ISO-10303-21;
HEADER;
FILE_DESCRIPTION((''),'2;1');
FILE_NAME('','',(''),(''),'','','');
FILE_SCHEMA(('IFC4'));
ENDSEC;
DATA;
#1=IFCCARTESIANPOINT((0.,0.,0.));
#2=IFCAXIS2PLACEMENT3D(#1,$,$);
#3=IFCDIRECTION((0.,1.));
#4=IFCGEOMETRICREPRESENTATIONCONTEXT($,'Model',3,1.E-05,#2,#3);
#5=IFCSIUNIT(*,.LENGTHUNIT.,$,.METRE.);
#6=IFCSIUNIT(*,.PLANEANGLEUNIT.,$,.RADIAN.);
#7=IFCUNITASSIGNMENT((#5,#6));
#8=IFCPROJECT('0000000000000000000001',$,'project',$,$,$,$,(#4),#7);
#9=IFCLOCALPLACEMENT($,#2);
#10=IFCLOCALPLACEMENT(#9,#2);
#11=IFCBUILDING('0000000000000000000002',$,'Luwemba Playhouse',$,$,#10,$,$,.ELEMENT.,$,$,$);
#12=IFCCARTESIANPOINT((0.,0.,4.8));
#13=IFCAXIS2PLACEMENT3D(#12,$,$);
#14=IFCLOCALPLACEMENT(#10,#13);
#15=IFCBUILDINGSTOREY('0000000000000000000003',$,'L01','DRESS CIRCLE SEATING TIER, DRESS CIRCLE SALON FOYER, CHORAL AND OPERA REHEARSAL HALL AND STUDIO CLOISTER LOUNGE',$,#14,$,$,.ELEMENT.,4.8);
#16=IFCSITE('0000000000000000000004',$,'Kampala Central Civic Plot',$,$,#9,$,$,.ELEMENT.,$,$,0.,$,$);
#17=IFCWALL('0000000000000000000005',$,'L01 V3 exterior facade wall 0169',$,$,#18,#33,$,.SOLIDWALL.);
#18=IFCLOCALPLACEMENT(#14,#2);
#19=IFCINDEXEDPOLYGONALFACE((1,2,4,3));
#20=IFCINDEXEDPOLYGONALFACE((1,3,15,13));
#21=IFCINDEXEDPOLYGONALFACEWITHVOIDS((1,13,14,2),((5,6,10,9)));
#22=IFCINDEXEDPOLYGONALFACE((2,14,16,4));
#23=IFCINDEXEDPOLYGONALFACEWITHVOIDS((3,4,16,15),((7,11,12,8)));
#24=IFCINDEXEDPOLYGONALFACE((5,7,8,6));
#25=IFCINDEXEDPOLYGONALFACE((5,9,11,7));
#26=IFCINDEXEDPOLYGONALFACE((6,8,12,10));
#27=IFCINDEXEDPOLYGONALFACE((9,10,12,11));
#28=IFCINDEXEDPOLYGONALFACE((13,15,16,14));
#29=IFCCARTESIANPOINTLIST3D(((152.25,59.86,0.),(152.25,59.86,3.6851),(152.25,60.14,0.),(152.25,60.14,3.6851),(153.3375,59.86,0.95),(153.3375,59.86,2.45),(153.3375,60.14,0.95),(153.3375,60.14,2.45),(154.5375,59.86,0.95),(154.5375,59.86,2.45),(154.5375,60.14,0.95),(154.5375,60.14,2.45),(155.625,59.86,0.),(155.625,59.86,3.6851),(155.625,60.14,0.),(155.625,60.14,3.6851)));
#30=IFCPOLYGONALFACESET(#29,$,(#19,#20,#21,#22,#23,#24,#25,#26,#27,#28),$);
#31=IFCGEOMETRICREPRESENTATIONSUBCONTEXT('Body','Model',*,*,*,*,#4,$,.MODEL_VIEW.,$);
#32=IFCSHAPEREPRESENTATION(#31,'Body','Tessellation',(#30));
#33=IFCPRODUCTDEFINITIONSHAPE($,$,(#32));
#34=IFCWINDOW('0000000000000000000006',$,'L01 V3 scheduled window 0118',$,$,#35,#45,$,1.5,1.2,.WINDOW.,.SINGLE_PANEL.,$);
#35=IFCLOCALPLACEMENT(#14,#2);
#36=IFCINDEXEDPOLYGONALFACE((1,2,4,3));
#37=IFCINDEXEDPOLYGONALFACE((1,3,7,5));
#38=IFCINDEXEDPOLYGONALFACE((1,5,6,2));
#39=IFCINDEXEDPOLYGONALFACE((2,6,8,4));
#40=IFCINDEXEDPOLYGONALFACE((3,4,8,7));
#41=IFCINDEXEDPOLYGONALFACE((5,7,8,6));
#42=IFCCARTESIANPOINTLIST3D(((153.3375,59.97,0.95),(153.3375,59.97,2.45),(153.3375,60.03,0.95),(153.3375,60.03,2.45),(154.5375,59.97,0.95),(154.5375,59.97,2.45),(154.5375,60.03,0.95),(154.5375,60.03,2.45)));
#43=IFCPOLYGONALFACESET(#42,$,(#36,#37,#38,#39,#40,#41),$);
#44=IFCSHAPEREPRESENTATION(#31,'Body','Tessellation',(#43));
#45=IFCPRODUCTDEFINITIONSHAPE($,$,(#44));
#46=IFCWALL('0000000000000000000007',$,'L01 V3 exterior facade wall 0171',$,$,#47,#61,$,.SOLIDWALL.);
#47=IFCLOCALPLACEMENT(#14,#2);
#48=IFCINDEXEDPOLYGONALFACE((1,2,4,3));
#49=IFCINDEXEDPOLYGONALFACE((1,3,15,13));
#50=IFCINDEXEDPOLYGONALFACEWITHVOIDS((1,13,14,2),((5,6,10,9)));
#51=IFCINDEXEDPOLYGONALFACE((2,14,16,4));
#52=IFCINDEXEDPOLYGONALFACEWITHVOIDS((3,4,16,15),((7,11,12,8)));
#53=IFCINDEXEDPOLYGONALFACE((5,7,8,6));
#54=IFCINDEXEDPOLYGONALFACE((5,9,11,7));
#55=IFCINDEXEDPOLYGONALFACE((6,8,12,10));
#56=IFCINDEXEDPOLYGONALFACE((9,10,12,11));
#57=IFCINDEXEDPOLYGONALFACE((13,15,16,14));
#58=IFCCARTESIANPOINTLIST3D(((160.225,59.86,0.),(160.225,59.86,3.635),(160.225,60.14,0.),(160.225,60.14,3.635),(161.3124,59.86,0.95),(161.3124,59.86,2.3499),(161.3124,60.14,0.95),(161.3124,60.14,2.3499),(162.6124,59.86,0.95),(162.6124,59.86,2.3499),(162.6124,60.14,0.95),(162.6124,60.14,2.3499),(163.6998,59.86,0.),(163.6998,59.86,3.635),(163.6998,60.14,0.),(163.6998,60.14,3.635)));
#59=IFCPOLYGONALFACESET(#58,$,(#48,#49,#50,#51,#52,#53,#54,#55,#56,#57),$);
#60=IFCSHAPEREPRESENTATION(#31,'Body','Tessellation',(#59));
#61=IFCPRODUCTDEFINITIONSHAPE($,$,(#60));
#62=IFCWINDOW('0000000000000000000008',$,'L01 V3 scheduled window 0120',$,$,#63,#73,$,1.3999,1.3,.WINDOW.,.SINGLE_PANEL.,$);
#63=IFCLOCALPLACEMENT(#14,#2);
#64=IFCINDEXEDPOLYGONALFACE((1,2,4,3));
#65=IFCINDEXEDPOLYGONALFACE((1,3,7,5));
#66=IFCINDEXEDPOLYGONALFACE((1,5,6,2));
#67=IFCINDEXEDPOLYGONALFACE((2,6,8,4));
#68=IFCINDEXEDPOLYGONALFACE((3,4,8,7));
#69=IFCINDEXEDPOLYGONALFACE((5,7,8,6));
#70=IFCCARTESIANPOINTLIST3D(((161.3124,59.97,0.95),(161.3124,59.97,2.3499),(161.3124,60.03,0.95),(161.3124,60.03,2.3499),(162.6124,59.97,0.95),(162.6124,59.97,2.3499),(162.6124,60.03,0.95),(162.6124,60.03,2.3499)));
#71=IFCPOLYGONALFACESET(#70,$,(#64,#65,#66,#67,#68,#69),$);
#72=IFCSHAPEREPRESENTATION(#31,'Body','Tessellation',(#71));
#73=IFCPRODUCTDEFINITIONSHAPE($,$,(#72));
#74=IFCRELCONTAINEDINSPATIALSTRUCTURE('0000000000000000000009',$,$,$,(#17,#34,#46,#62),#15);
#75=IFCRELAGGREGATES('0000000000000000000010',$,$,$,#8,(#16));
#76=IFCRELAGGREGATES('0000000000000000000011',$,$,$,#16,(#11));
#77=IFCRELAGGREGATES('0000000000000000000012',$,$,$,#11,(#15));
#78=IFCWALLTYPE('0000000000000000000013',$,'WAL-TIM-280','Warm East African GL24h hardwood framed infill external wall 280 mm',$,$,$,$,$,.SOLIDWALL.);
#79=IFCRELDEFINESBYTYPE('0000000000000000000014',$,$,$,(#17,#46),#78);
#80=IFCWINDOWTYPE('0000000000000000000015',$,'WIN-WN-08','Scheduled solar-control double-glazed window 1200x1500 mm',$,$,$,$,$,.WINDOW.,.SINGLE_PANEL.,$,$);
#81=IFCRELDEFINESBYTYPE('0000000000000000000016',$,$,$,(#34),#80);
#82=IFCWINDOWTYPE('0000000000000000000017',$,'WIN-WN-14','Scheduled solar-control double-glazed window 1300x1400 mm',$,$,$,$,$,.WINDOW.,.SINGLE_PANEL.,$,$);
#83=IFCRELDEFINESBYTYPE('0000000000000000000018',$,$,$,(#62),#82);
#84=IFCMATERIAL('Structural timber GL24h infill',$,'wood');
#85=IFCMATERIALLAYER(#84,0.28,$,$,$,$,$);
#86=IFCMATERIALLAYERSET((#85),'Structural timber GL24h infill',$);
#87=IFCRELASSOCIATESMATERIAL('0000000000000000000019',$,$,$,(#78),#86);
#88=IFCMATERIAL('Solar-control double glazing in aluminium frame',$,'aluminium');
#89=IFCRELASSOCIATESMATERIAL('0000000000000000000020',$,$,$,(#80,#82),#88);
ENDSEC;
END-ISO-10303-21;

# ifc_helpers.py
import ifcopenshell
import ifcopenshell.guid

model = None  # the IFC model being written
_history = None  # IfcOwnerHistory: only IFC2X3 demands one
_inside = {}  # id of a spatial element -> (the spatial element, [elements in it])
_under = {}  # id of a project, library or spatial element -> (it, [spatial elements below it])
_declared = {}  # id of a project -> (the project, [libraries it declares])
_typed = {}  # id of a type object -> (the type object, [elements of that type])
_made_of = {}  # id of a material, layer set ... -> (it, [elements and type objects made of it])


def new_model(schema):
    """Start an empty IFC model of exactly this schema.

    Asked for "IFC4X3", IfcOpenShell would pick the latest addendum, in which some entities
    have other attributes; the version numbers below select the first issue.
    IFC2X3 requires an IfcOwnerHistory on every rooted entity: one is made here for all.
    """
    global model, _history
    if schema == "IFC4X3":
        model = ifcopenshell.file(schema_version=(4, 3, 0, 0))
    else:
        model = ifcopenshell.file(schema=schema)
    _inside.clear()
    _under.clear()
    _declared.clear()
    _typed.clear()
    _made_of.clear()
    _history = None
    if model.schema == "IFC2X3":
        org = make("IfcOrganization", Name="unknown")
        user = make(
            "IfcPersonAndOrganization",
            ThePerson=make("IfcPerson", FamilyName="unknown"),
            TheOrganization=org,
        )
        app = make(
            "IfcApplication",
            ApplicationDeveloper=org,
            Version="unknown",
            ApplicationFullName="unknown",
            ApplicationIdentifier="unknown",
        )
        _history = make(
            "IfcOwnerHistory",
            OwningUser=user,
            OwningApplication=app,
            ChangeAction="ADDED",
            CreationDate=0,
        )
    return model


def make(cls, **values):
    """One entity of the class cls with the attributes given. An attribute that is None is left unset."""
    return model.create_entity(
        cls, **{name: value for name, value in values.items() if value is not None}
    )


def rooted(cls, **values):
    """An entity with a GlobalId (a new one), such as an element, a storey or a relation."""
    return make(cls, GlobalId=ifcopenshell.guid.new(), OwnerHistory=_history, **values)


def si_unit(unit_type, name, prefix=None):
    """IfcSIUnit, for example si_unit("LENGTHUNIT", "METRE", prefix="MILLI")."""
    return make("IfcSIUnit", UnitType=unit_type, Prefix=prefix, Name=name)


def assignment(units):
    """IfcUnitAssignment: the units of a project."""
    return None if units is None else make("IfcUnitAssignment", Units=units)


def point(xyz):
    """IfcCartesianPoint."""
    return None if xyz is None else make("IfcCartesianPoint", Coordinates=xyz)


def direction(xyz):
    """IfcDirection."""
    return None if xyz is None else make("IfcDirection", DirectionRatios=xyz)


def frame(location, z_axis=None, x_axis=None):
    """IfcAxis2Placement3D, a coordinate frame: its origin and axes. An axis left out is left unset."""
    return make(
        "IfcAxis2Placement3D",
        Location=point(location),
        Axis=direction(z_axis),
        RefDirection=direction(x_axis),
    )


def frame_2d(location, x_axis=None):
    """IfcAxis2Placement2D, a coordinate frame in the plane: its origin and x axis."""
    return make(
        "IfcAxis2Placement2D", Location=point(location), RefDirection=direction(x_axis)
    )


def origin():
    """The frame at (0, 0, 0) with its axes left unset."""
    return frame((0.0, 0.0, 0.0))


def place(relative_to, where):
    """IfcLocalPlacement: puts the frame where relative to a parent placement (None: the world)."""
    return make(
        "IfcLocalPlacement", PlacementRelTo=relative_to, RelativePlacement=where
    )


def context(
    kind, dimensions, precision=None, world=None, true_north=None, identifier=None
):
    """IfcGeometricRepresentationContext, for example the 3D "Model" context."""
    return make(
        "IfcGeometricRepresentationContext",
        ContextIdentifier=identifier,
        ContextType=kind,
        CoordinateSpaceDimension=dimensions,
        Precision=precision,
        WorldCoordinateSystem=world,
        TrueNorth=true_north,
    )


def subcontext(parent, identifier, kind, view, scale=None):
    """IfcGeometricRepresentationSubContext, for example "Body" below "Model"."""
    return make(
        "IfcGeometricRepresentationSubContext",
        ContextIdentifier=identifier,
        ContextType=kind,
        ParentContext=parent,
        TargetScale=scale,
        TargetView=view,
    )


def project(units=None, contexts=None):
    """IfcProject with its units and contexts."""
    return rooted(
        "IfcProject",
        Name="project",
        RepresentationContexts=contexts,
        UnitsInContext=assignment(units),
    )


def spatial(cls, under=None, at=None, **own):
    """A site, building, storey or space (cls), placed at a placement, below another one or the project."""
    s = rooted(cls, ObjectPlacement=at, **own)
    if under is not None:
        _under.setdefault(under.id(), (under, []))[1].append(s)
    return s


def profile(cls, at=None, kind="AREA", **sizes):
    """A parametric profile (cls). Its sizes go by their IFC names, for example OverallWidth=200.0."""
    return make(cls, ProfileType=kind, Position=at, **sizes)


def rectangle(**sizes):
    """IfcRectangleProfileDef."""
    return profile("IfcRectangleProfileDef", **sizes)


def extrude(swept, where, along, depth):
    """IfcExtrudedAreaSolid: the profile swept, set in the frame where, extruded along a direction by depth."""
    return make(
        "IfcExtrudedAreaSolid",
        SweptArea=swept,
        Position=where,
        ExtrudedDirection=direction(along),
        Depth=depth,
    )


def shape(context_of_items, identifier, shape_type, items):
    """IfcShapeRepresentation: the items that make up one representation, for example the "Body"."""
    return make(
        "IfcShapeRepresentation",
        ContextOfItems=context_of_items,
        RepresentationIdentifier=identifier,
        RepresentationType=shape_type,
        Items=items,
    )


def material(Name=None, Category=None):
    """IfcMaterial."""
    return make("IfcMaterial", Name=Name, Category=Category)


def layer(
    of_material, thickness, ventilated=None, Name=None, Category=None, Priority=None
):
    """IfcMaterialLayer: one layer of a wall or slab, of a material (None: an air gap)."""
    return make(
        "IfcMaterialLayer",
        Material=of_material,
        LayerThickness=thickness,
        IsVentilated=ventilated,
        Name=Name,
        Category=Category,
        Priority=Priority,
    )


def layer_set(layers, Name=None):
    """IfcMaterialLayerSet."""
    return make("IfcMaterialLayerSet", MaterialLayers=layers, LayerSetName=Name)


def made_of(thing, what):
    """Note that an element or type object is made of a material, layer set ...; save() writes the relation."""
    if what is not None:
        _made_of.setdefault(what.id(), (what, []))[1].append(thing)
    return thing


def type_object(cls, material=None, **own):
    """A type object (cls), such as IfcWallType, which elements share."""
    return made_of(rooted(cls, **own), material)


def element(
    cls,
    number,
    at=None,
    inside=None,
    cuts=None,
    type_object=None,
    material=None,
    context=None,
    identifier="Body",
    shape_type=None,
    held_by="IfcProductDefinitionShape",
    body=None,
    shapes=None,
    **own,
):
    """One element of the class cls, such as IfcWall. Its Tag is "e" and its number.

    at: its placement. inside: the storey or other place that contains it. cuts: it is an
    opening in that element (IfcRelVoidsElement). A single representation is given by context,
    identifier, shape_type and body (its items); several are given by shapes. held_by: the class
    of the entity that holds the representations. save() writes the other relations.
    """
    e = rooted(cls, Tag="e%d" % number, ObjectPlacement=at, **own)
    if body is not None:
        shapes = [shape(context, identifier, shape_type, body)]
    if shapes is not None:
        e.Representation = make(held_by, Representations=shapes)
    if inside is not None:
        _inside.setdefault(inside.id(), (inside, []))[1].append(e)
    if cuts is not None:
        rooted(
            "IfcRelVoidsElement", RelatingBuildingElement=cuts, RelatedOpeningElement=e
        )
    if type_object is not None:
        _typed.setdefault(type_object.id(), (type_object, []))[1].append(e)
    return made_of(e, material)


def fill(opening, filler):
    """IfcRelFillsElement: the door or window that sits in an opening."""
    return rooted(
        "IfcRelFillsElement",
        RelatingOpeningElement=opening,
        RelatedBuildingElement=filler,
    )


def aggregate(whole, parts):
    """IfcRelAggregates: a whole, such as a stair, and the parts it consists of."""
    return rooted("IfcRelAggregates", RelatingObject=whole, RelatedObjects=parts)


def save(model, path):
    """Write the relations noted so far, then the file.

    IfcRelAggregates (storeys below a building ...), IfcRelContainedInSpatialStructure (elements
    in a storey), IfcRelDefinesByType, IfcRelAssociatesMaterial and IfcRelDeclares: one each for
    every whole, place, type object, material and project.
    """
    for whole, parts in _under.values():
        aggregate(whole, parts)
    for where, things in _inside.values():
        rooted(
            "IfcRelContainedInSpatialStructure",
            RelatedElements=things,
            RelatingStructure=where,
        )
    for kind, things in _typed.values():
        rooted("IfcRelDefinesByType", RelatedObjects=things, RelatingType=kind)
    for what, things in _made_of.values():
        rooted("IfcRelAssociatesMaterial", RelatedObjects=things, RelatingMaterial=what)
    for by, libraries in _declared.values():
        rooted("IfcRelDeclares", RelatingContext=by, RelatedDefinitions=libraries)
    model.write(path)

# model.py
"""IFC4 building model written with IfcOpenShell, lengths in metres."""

from ifc_helpers import new_model, si_unit, direction, frame, frame_2d, origin, place, context, subcontext, project, spatial, rectangle, extrude, material, layer, layer_set, type_object, element, fill, save


model = new_model("IFC4")

# Units and contexts
model_context = context("Model", 3, precision=1e-05, world=origin(), true_north=direction((0.0, 1.0)))
body_context = subcontext(model_context, "Body", "Model", "MODEL_VIEW")
ifc_project = project(units=[si_unit("LENGTHUNIT", "METRE"), si_unit("PLANEANGLEUNIT", "RADIAN")], contexts=[model_context])

# Site, building, storey
site_placement = place(None, origin())
site = spatial("IfcSite", under=ifc_project, at=site_placement, Name="Kampala Central Civic Plot", CompositionType="ELEMENT", RefElevation=0.0)
building_placement = place(site_placement, origin())
building = spatial("IfcBuilding", under=site, at=building_placement, Name="Luwemba Playhouse", CompositionType="ELEMENT")
storey_placement = place(building_placement, frame((0.0, 0.0, 4.8)))
storey = spatial("IfcBuildingStorey", under=building, at=storey_placement, Name="L01", Description="DRESS CIRCLE SEATING TIER, DRESS CIRCLE SALON FOYER, CHORAL AND OPERA REHEARSAL HALL AND STUDIO CLOISTER LOUNGE", CompositionType="ELEMENT", Elevation=4.8)

# Walls, openings, windows
ifc_material_1 = material(Name="Solar-control double glazing in aluminium frame", Category="aluminium")
ifc_material_2 = material(Name="Structural timber GL24h infill", Category="wood")
ifc_layer_1 = layer(ifc_material_2, 0.28)
ifc_layer_set_1 = layer_set([ifc_layer_1], Name="Structural timber GL24h infill")
wall_type_1 = type_object("IfcWallType", Name="WAL-TIM-280", Description="Warm East African GL24h hardwood framed infill external wall 280 mm", PredefinedType="SOLIDWALL", material=ifc_layer_set_1)
wall_1_placement = place(storey_placement, frame((152.25, 60.0, 0.0), z_axis=(0.0, 0.0, 1.0), x_axis=(1.0, 0.0, 0.0)))
wall_1 = element("IfcWall", 1, at=wall_1_placement, inside=storey, type_object=wall_type_1, Name="L01 V3 exterior facade wall 0169", PredefinedType="SOLIDWALL", context=body_context, shape_type="SweptSolid", body=[
    extrude(rectangle(XDim=3.375, YDim=0.28, at=frame_2d((1.6875, 0.0))), origin(), (0.0, 0.0, 1.0), 3.6851),
])
opening_1_placement = place(wall_1_placement, frame((1.0874, 0.0, 0.95)))
opening_1 = element("IfcOpeningElement", 2, at=opening_1_placement, cuts=wall_1, PredefinedType="OPENING", context=body_context, shape_type="SweptSolid", body=[
    extrude(rectangle(XDim=1.2, YDim=1.5, at=frame_2d((0.6001, 0.75))), frame((0.0, 0.1499, 0.0), z_axis=(0.0, -1.0, 0.0), x_axis=(1.0, 0.0, 0.0)), (0.0, 0.0, 1.0), 0.3),
])
window_type_1 = type_object("IfcWindowType", Name="WIN-WN-08", Description="Scheduled solar-control double-glazed window 1200x1500 mm", PartitioningType="SINGLE_PANEL", PredefinedType="WINDOW", material=ifc_material_1)
window_1_placement = place(opening_1_placement, origin())
window_1 = element("IfcWindow", 3, at=window_1_placement, inside=storey, type_object=window_type_1, Name="L01 V3 scheduled window 0118", OverallHeight=1.5, OverallWidth=1.2, PartitioningType="SINGLE_PANEL", PredefinedType="WINDOW", context=body_context, shape_type="SweptSolid", body=[
    extrude(rectangle(XDim=1.2, YDim=1.5, at=frame_2d((0.6001, 0.75))), frame((0.0, 0.03, 0.0), z_axis=(0.0, -1.0, 0.0), x_axis=(1.0, 0.0, 0.0)), (0.0, 0.0, 1.0), 0.0601),
])
fill(opening_1, window_1)
wall_2_placement = place(storey_placement, frame((160.2251, 60.0, 0.0), z_axis=(0.0, 0.0, 1.0), x_axis=(1.0, 0.0, 0.0)))
wall_2 = element("IfcWall", 4, at=wall_2_placement, inside=storey, type_object=wall_type_1, Name="L01 V3 exterior facade wall 0171", PredefinedType="SOLIDWALL", context=body_context, shape_type="SweptSolid", body=[
    extrude(rectangle(XDim=3.4749, YDim=0.28, at=frame_2d((1.7373, 0.0))), origin(), (0.0, 0.0, 1.0), 3.635),
])
opening_2_placement = place(wall_2_placement, frame((1.0874, 0.0, 0.95)))
opening_2 = element("IfcOpeningElement", 5, at=opening_2_placement, cuts=wall_2, PredefinedType="OPENING", context=body_context, shape_type="SweptSolid", body=[
    extrude(rectangle(XDim=1.3, YDim=1.3999, at=frame_2d((0.6499, 0.7))), frame((0.0, 0.1499, 0.0), z_axis=(0.0, -1.0, 0.0), x_axis=(1.0, 0.0, 0.0)), (0.0, 0.0, 1.0), 0.3),
])
window_type_2 = type_object("IfcWindowType", Name="WIN-WN-14", Description="Scheduled solar-control double-glazed window 1300x1400 mm", PartitioningType="SINGLE_PANEL", PredefinedType="WINDOW", material=ifc_material_1)
window_2_placement = place(opening_2_placement, origin())
window_2 = element("IfcWindow", 6, at=window_2_placement, inside=storey, type_object=window_type_2, Name="L01 V3 scheduled window 0120", OverallHeight=1.3999, OverallWidth=1.3, PartitioningType="SINGLE_PANEL", PredefinedType="WINDOW", context=body_context, shape_type="SweptSolid", body=[
    extrude(rectangle(XDim=1.3, YDim=1.3999, at=frame_2d((0.6499, 0.7))), frame((0.0, 0.03, 0.0), z_axis=(0.0, -1.0, 0.0), x_axis=(1.0, 0.0, 0.0)), (0.0, 0.0, 1.0), 0.0601),
])
fill(opening_2, window_2)

save(model, "model.ifc")
